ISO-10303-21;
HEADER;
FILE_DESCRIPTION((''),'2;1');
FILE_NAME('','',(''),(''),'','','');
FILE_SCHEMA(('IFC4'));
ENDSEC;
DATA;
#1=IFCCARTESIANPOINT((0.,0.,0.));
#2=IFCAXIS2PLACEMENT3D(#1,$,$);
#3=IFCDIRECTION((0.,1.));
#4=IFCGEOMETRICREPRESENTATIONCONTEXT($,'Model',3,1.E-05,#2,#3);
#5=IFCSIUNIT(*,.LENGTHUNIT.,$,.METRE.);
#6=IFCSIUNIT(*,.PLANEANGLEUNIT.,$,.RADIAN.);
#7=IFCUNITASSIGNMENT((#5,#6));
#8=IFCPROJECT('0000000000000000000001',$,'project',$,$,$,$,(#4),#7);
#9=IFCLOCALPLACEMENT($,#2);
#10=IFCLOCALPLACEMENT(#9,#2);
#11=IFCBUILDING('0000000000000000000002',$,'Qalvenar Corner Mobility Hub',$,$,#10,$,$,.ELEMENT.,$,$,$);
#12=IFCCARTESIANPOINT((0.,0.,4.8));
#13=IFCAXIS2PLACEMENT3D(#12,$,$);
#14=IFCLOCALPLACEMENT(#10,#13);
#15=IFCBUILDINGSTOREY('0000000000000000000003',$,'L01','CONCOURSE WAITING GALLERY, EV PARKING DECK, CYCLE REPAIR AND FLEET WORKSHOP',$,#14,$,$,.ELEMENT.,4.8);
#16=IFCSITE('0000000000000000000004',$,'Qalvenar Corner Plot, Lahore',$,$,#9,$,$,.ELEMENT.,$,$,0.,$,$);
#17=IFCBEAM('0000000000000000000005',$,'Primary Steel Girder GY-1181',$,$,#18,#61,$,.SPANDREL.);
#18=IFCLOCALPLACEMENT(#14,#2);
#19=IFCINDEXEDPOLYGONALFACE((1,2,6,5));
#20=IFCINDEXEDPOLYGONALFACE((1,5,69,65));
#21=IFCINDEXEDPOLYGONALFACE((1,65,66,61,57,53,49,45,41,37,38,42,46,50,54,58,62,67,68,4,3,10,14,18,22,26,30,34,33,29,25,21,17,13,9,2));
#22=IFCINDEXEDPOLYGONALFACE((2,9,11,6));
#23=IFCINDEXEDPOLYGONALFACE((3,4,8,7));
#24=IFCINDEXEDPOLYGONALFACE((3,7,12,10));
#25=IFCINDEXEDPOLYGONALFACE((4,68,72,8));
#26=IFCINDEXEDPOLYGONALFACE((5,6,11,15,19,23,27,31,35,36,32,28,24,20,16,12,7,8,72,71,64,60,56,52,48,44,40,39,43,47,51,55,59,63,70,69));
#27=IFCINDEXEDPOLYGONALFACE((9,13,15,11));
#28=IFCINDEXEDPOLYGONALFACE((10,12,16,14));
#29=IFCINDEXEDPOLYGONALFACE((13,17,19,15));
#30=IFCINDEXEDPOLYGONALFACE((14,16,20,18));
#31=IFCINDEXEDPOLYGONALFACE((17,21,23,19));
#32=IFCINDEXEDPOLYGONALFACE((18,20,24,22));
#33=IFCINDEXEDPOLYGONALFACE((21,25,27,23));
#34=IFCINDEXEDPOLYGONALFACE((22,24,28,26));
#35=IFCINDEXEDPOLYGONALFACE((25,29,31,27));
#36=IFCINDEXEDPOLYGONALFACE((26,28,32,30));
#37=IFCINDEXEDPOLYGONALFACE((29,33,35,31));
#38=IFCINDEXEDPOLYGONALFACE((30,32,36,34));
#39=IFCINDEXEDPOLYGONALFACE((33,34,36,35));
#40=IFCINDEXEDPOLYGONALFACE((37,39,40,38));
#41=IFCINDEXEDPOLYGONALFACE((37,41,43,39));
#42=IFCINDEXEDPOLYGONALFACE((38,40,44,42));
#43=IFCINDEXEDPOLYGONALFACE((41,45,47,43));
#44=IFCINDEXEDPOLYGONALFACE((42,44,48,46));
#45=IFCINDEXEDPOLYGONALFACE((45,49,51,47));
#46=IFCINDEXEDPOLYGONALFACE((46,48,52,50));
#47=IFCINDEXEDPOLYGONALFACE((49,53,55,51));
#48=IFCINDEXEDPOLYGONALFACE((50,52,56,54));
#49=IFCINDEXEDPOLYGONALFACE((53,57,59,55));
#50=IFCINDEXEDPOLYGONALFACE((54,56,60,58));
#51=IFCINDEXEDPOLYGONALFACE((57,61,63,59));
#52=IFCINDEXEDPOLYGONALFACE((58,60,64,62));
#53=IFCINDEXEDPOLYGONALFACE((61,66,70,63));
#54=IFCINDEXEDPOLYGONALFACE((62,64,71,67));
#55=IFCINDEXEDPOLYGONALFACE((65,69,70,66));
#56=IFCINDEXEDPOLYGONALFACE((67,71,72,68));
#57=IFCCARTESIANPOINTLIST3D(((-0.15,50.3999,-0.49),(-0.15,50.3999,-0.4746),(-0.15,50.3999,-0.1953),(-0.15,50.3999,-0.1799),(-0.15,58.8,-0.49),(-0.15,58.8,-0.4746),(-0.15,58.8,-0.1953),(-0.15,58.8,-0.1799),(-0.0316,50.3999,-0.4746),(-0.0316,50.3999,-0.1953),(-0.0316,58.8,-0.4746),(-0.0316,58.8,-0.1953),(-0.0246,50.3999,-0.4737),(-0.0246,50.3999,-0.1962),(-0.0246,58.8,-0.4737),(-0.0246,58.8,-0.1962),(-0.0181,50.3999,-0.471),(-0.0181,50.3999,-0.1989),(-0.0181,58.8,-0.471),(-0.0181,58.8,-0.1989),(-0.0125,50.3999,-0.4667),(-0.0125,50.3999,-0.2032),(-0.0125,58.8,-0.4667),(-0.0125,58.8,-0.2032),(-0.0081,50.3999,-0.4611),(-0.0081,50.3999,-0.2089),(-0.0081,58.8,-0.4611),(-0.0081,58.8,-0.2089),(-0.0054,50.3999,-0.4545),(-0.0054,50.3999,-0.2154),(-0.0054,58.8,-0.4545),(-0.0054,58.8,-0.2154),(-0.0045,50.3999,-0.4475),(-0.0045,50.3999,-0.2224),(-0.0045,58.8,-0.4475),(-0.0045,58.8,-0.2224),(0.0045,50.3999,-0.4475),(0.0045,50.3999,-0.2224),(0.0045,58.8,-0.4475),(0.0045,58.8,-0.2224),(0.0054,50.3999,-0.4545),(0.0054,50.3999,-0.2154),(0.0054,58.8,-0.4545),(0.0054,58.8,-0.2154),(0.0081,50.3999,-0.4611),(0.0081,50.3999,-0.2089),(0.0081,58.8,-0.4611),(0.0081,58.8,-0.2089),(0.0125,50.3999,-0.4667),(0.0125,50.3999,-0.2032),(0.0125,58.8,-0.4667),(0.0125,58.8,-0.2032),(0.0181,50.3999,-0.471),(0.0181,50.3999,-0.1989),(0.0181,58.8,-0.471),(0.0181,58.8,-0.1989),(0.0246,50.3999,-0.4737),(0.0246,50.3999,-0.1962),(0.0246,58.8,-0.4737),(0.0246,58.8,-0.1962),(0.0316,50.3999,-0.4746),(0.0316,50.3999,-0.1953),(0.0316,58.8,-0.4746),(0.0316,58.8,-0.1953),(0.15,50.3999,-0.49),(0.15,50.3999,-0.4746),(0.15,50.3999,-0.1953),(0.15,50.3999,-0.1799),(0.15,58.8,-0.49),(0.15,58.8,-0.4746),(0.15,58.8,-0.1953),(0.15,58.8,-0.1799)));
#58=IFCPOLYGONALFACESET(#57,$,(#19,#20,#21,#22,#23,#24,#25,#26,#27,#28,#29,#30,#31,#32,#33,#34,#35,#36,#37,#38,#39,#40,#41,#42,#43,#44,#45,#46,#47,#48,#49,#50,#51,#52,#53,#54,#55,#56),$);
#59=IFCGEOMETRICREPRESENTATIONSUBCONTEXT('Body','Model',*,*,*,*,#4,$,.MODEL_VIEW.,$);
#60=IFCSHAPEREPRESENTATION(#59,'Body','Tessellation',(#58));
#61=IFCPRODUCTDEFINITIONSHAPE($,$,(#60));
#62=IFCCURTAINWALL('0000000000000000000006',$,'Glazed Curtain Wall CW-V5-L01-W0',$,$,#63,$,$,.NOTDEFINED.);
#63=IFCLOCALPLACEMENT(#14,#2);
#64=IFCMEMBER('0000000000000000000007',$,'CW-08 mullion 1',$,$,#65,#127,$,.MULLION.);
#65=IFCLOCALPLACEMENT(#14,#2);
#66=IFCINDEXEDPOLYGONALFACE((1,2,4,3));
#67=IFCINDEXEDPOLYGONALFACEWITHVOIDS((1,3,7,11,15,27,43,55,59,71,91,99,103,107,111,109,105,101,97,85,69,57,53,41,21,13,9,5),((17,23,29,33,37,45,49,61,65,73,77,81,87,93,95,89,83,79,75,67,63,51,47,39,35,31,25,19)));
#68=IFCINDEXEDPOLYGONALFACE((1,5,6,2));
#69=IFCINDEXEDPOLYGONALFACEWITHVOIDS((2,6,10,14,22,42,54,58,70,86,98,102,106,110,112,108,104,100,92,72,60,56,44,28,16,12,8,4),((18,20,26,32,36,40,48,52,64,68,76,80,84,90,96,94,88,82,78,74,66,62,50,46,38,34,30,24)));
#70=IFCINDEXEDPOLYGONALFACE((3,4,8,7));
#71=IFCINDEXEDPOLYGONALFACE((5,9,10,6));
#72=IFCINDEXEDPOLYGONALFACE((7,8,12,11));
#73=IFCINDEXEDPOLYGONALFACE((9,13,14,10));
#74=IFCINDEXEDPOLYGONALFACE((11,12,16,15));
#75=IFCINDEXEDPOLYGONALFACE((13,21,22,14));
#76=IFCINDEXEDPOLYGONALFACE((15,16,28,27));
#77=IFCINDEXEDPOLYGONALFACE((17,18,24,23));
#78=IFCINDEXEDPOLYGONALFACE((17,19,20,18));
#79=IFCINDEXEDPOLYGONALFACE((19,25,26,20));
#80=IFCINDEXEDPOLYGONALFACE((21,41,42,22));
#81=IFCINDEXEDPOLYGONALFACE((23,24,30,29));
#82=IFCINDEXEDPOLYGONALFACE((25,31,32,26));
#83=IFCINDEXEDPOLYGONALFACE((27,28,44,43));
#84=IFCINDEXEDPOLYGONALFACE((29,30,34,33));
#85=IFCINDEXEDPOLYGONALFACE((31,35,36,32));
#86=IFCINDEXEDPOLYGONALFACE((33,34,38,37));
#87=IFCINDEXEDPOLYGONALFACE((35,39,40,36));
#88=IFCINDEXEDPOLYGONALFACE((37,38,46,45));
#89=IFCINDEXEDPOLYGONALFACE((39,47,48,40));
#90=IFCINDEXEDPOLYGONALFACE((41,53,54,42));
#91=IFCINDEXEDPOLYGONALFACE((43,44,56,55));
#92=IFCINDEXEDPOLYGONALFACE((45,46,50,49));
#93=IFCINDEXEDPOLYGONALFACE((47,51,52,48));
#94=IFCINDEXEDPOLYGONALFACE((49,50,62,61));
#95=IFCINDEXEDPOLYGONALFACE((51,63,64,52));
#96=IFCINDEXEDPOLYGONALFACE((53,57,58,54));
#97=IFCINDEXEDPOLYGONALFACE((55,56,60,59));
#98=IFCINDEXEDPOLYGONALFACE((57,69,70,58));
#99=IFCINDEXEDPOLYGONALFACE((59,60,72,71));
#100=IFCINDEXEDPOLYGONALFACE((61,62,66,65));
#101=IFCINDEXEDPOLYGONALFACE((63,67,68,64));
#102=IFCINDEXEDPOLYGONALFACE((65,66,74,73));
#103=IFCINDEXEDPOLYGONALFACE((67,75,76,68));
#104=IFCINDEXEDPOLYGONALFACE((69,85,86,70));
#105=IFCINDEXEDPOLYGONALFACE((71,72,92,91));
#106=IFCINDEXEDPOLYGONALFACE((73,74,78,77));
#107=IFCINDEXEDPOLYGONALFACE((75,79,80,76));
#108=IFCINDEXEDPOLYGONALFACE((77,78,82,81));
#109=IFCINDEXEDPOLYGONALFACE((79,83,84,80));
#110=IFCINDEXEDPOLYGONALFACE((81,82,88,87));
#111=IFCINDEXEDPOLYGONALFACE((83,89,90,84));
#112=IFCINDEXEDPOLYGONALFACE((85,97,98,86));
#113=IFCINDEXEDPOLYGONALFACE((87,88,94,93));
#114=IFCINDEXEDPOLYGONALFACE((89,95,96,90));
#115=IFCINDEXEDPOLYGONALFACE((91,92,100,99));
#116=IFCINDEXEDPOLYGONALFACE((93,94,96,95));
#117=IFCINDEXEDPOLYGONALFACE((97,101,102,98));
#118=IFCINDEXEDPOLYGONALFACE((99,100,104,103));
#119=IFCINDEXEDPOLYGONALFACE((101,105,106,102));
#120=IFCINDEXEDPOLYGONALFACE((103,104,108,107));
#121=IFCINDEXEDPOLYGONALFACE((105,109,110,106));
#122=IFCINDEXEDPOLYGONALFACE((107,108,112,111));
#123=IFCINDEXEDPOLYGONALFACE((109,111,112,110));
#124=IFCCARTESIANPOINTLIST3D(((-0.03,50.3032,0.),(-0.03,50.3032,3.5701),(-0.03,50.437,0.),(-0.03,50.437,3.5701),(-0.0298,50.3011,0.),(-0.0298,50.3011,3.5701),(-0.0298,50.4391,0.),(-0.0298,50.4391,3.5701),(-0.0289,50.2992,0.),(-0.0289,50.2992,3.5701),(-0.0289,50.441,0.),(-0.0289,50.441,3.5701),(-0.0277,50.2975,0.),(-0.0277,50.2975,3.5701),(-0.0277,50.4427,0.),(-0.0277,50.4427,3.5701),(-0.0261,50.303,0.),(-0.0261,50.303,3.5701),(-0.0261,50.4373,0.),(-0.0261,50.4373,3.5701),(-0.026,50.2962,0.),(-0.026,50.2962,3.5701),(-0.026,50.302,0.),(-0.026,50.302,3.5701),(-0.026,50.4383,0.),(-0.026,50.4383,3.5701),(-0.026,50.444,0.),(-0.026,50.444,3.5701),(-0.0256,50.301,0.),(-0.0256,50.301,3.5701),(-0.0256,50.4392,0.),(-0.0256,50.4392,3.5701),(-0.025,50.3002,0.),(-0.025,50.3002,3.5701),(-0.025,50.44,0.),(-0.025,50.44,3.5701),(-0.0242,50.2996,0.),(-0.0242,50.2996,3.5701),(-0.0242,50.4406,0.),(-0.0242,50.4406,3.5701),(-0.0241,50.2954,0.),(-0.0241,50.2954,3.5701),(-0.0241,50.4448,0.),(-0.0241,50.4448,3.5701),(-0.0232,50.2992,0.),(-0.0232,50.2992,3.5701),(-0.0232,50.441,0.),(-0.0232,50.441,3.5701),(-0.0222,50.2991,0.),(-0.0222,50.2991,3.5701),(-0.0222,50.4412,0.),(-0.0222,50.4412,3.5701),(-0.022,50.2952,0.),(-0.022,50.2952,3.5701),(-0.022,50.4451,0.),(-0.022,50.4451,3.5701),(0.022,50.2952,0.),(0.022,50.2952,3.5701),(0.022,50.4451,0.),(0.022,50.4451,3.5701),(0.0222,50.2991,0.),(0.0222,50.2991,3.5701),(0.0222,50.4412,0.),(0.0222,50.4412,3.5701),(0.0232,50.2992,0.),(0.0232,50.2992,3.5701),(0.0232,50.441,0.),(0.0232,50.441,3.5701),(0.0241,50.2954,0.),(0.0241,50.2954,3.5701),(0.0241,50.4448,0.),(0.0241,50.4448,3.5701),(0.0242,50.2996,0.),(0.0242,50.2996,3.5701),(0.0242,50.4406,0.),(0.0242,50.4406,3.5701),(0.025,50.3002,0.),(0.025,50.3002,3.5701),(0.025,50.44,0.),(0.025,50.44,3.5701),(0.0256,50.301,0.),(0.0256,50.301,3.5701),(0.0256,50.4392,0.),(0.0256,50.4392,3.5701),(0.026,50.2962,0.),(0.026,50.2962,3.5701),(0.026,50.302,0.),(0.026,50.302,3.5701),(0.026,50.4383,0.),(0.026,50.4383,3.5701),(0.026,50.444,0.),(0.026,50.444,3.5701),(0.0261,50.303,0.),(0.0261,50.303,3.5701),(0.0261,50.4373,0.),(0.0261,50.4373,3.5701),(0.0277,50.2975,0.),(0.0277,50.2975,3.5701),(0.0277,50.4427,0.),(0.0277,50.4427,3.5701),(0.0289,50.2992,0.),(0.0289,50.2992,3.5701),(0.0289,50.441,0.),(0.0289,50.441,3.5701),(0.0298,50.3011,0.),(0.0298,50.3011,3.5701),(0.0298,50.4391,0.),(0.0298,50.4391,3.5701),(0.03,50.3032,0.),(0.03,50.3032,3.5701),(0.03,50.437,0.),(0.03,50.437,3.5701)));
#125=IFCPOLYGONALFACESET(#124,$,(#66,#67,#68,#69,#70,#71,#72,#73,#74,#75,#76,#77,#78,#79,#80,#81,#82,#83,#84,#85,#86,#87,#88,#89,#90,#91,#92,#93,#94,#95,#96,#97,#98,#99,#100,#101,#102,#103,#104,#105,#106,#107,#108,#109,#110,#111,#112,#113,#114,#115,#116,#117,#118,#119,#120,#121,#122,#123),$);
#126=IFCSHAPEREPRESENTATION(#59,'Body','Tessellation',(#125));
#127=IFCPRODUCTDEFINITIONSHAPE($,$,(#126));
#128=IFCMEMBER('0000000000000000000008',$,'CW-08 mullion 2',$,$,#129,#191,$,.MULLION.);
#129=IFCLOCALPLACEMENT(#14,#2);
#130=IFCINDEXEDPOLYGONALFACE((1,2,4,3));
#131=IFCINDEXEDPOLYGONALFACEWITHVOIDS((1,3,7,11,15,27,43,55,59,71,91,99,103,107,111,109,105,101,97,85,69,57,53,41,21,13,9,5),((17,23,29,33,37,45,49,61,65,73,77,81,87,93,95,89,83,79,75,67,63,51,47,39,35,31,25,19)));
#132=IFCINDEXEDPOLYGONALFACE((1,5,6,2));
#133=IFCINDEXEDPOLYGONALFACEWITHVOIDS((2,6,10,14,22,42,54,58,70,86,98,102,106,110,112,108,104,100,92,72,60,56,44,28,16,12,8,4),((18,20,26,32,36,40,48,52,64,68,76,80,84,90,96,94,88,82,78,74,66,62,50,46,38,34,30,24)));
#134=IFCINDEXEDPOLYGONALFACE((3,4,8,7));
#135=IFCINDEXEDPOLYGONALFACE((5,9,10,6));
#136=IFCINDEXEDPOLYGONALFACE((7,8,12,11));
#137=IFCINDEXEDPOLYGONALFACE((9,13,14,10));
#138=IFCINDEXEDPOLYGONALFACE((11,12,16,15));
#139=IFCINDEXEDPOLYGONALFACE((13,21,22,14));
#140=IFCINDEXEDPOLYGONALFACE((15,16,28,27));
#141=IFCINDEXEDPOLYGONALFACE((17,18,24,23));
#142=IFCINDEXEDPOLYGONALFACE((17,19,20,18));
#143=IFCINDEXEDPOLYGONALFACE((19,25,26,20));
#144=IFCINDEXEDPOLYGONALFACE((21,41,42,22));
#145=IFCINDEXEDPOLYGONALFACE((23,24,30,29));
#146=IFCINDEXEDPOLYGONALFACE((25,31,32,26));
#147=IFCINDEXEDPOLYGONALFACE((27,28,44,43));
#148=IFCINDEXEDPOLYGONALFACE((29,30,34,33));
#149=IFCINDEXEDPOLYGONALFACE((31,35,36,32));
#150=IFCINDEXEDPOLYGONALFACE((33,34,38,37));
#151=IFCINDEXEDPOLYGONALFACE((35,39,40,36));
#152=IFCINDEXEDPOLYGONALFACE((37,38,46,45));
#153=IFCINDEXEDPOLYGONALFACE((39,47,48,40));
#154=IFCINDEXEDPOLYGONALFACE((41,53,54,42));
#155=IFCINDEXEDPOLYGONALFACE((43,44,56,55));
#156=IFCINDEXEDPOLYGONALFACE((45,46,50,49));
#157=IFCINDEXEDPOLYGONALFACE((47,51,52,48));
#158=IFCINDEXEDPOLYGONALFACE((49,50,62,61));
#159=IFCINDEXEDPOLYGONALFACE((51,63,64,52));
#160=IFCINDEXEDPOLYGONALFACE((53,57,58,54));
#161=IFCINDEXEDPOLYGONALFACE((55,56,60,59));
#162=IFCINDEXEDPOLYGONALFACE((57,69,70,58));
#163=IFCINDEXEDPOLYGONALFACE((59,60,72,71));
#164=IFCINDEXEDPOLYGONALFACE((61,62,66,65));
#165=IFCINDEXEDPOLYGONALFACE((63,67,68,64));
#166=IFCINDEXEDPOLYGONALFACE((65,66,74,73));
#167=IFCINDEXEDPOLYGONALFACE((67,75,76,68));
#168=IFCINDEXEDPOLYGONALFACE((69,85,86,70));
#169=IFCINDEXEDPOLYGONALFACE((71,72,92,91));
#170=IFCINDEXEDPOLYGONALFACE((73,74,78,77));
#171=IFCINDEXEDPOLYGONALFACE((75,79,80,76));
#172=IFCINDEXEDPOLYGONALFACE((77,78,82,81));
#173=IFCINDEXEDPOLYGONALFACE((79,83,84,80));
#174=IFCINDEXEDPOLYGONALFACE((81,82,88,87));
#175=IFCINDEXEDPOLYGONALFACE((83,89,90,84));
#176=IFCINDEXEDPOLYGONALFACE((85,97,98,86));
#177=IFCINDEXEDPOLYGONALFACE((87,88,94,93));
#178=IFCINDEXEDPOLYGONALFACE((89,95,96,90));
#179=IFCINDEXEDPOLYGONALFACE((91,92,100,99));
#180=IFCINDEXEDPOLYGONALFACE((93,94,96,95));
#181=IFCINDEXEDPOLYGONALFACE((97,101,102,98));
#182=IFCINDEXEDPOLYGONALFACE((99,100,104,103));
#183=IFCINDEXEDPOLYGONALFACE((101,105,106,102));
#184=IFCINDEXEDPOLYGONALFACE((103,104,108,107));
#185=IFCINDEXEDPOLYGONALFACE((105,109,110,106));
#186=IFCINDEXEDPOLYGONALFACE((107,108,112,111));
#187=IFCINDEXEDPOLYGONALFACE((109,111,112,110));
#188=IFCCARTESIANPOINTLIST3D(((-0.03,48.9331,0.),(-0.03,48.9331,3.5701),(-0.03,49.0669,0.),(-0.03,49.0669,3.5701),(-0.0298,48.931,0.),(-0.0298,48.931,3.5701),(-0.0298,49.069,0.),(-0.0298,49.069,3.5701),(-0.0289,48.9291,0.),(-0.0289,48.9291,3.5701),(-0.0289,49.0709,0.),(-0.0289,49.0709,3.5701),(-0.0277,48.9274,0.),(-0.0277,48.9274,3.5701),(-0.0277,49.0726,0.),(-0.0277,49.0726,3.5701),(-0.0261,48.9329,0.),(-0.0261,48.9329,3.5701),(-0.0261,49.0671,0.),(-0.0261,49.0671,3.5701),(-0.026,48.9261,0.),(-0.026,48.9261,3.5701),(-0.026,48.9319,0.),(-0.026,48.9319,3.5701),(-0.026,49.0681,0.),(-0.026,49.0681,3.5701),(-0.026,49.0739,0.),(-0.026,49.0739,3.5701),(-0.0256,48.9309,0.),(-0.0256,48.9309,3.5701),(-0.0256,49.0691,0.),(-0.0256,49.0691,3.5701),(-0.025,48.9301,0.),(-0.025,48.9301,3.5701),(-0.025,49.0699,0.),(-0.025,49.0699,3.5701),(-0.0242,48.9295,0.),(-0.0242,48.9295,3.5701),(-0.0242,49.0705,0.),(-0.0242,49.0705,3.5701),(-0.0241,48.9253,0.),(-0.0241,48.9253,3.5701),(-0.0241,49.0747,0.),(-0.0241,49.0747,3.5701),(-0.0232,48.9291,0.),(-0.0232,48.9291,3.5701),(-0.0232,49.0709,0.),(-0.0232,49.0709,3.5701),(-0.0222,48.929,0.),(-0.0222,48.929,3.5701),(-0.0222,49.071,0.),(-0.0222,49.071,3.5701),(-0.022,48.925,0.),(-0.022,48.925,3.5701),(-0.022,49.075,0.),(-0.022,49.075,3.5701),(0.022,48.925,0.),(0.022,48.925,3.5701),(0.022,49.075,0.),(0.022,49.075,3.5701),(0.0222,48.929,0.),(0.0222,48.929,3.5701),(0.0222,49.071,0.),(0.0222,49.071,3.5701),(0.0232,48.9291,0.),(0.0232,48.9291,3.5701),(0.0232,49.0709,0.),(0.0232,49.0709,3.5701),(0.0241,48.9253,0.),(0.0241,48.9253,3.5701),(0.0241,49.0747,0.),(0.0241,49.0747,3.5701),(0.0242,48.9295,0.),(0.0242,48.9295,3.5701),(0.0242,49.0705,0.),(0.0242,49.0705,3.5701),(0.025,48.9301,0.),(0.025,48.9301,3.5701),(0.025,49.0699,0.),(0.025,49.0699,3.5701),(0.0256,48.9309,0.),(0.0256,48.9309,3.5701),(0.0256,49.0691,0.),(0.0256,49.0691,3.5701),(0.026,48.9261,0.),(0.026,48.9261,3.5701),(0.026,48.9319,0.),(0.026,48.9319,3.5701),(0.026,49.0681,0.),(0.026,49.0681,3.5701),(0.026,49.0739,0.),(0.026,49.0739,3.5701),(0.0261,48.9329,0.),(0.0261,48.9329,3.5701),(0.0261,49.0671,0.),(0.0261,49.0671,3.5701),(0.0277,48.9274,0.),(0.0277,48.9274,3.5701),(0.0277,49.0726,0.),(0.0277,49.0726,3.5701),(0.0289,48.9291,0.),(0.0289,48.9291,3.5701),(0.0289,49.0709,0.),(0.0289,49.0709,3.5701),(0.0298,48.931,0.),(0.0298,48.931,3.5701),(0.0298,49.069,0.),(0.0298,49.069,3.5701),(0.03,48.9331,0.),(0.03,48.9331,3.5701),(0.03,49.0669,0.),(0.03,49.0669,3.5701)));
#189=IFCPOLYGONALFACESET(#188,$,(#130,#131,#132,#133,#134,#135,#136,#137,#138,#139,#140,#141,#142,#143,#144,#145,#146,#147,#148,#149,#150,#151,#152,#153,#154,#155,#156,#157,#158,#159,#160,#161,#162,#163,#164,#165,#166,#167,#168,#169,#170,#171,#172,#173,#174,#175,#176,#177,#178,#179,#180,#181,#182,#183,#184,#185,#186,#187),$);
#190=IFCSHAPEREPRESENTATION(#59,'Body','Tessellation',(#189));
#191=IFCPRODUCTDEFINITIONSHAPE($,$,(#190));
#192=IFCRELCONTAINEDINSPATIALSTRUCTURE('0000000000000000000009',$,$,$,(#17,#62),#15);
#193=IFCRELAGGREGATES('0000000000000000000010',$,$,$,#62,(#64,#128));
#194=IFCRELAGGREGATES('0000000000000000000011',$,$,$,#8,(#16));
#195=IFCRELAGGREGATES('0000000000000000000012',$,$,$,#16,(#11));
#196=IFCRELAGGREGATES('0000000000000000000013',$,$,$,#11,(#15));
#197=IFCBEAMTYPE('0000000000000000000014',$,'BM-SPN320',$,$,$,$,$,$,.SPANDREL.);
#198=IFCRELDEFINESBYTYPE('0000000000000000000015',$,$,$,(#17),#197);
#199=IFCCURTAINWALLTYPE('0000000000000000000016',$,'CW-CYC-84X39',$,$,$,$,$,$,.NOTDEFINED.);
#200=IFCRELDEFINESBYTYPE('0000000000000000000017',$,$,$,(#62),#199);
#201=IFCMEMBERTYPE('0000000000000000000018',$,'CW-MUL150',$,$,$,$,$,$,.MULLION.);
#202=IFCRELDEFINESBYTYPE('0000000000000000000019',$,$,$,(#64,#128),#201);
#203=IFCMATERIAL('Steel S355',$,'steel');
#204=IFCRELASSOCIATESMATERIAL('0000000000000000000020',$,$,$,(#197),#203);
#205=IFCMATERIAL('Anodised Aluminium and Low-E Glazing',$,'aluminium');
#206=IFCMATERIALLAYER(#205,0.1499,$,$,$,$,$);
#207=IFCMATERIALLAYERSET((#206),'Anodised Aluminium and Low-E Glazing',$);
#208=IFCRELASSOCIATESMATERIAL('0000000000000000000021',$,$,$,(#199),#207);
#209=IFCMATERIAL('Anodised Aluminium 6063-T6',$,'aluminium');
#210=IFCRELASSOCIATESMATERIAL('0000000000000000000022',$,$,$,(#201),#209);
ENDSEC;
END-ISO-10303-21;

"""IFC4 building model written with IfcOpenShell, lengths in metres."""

from ifc_helpers import new_model, si_unit, direction, frame, origin, origin_2d, place, context, subcontext, project, spatial, hollow_rectangle, i_section, extrude, material, layer, layer_set, material_profile, profile_set, type_object, element, aggregate, save


model = new_model("IFC4")

# Units and contexts
model_context = context("Model", 3, precision=1e-05, world=origin(), true_north=direction((0.0, 1.0)))
body_context = subcontext(model_context, "Body", "Model", "MODEL_VIEW")
ifc_project = project(units=[si_unit("LENGTHUNIT", "METRE"), si_unit("PLANEANGLEUNIT", "RADIAN")], contexts=[model_context])

# Site, building, storey
site_placement = place(None, origin())
site = spatial("IfcSite", under=ifc_project, at=site_placement, Name="Qalvenar Corner Plot, Lahore", CompositionType="ELEMENT", RefElevation=0.0)
building_placement = place(site_placement, origin())
building = spatial("IfcBuilding", under=site, at=building_placement, Name="Qalvenar Corner Mobility Hub", CompositionType="ELEMENT")
storey_placement = place(building_placement, frame((0.0, 0.0, 4.8)))
storey = spatial("IfcBuildingStorey", under=building, at=storey_placement, Name="L01", Description="CONCOURSE WAITING GALLERY, EV PARKING DECK, CYCLE REPAIR AND FLEET WORKSHOP", CompositionType="ELEMENT", Elevation=4.8)

# Shared definitions
ifc_material_1 = material(Name="Steel S355", Category="steel")

# Beam
ifc_material_profile_1 = material_profile(ifc_material_1, i_section(OverallWidth=0.3, OverallDepth=0.3101, WebThickness=0.009, FlangeThickness=0.0154, FilletRadius=0.0271, at=origin_2d()), Name="HEA320")
ifc_profile_set_1 = profile_set([ifc_material_profile_1], Name="Steel S355")
beam_type_1 = type_object("IfcBeamType", Name="BM-SPN320", PredefinedType="SPANDREL", material=ifc_profile_set_1)
beam_1_placement = place(storey_placement, frame((0.0, 50.3999, -0.335), z_axis=(0.0, 1.0, 0.0), x_axis=(-1.0, 0.0, 0.0)))
element("IfcBeam", 1, at=beam_1_placement, inside=storey, type_object=beam_type_1, Name="Primary Steel Girder GY-1181", PredefinedType="SPANDREL", context=body_context, shape_type="SweptSolid", body=[
    extrude(i_section(OverallWidth=0.3, OverallDepth=0.3101, WebThickness=0.009, FlangeThickness=0.0154, FilletRadius=0.0271, at=origin_2d()), origin(), (0.0, 0.0, 1.0), 8.4001),
])

# Curtain wall, members
ifc_material_2 = material(Name="Anodised Aluminium and Low-E Glazing", Category="aluminium")
ifc_layer_1 = layer(ifc_material_2, 0.1499)
ifc_layer_set_1 = layer_set([ifc_layer_1], Name="Anodised Aluminium and Low-E Glazing")
curtain_wall_type = type_object("IfcCurtainWallType", Name="CW-CYC-84X39", PredefinedType="NOTDEFINED", material=ifc_layer_set_1)
curtain_wall_placement = place(storey_placement, origin())
curtain_wall = element("IfcCurtainWall", 2, at=curtain_wall_placement, inside=storey, type_object=curtain_wall_type, Name="Glazed Curtain Wall CW-V5-L01-W0", PredefinedType="NOTDEFINED")
ifc_material_3 = material(Name="Anodised Aluminium 6063-T6", Category="aluminium")
ifc_material_profile_2 = material_profile(ifc_material_3, hollow_rectangle(XDim=0.0601, YDim=0.1499, WallThickness=0.0039, InnerFilletRadius=0.0039, OuterFilletRadius=0.0081, at=origin_2d()), Name="RHS150x60x4")
ifc_profile_set_2 = profile_set([ifc_material_profile_2], Name="Anodised Aluminium 6063-T6")
member_type_1 = type_object("IfcMemberType", Name="CW-MUL150", PredefinedType="MULLION", material=ifc_profile_set_2)
member_1_placement = place(storey_placement, frame((0.0, 50.3701, 0.0), z_axis=(0.0, 0.0, 1.0), x_axis=(1.0, 0.0, 0.0)))
member_1 = element("IfcMember", 3, at=member_1_placement, type_object=member_type_1, Name="CW-08 mullion 1", PredefinedType="MULLION", context=body_context, shape_type="SweptSolid", body=[
    extrude(hollow_rectangle(XDim=0.0601, YDim=0.1499, WallThickness=0.0039, InnerFilletRadius=0.0039, OuterFilletRadius=0.0081, at=origin_2d()), origin(), (0.0, 0.0, 1.0), 3.5701),
])
member_2_placement = place(storey_placement, frame((0.0, 49.0, 0.0), z_axis=(0.0, 0.0, 1.0), x_axis=(1.0, 0.0, 0.0)))
member_2 = element("IfcMember", 4, at=member_2_placement, type_object=member_type_1, Name="CW-08 mullion 2", PredefinedType="MULLION", context=body_context, shape_type="SweptSolid", body=[
    extrude(hollow_rectangle(XDim=0.0601, YDim=0.1499, WallThickness=0.0039, InnerFilletRadius=0.0039, OuterFilletRadius=0.0081, at=origin_2d()), origin(), (0.0, 0.0, 1.0), 3.5701),
])
aggregate(curtain_wall, [member_1, member_2])

save(model, "model.ifc")
